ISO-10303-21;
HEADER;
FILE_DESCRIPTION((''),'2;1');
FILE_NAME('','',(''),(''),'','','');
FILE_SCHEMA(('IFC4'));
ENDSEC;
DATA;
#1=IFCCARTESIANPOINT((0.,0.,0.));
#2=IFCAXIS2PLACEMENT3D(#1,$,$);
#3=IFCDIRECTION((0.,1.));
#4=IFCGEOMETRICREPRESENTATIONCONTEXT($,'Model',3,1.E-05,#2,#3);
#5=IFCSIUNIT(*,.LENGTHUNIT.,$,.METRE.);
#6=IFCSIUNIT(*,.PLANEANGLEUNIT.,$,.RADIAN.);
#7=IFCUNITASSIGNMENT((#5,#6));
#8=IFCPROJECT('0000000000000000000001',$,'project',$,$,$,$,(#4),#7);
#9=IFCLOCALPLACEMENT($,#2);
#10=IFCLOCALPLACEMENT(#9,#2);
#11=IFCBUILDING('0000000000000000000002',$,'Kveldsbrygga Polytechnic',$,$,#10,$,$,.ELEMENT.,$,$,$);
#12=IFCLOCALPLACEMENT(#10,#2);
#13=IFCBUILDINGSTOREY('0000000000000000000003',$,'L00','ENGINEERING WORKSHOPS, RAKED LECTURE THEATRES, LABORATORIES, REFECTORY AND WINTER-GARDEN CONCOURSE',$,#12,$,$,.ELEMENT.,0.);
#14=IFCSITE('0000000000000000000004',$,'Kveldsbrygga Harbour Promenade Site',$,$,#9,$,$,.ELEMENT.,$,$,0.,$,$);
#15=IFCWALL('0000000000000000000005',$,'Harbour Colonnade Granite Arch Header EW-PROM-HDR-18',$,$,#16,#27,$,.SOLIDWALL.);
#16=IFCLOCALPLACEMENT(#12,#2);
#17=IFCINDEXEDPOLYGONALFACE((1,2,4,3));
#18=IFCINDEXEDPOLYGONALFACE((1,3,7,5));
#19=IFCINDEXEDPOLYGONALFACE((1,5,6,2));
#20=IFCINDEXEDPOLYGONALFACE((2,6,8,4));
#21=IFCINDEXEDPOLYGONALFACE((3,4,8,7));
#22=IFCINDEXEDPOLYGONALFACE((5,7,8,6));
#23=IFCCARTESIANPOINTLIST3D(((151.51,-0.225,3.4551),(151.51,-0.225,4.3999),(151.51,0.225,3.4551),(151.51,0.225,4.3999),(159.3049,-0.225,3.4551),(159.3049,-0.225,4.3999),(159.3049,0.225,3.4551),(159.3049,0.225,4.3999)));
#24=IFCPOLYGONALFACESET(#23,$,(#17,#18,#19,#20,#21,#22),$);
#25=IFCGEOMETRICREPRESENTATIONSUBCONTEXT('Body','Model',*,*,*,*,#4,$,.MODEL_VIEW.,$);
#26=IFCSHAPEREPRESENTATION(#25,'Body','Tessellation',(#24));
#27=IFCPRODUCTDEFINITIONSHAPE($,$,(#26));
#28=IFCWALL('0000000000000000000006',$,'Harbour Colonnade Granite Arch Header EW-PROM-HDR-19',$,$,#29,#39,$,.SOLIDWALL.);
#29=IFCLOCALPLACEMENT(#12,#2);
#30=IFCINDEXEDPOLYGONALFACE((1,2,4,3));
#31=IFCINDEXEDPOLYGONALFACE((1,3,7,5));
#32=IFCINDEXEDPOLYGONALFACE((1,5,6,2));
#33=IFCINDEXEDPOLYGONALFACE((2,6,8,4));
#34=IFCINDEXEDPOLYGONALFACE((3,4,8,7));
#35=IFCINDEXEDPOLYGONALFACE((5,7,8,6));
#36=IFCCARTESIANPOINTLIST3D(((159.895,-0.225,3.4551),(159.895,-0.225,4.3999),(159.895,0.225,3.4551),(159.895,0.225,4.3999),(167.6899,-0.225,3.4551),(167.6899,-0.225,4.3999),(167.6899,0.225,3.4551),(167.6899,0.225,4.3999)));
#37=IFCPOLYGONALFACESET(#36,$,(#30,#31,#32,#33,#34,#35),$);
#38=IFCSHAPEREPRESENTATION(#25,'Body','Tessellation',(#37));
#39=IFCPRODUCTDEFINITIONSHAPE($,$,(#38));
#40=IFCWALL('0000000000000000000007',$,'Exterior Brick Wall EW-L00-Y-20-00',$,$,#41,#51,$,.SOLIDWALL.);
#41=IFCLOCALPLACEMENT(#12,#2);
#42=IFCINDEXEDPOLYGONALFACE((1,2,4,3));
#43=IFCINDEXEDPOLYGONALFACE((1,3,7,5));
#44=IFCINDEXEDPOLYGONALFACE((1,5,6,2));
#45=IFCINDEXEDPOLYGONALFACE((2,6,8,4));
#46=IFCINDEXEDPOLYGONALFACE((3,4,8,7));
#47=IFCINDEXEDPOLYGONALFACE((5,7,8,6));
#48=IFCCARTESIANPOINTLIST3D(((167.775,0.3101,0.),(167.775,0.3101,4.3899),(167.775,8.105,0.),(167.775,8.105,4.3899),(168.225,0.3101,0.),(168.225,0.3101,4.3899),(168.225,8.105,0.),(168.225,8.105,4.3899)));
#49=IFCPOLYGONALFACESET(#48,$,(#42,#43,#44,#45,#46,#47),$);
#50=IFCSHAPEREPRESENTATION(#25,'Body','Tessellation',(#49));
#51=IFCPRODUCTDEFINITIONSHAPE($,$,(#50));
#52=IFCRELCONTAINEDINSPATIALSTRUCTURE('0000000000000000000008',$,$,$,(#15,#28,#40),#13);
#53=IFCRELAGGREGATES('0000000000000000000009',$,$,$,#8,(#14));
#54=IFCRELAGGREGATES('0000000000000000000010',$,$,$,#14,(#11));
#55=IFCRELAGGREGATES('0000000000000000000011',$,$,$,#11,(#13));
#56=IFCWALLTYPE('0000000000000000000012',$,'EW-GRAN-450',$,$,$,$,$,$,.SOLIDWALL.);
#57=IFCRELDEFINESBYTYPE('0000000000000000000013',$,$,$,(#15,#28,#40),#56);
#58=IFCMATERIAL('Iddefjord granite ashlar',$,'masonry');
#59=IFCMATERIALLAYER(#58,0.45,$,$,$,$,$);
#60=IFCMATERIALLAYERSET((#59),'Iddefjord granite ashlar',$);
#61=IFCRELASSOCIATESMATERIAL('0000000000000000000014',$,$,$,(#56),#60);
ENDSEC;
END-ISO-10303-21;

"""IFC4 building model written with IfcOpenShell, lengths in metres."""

from ifc_helpers import new_model, si_unit, direction, frame, frame_2d, origin, place, context, subcontext, project, spatial, rectangle, extrude, material, layer, layer_set, type_object, element, save


model = new_model("IFC4")

# Units and contexts
model_context = context("Model", 3, precision=1e-05, world=origin(), true_north=direction((0.0, 1.0)))
body_context = subcontext(model_context, "Body", "Model", "MODEL_VIEW")
ifc_project = project(units=[si_unit("LENGTHUNIT", "METRE"), si_unit("PLANEANGLEUNIT", "RADIAN")], contexts=[model_context])

# Site, building, storey
site_placement = place(None, origin())
site = spatial("IfcSite", under=ifc_project, at=site_placement, Name="Kveldsbrygga Harbour Promenade Site", CompositionType="ELEMENT", RefElevation=0.0)
building_placement = place(site_placement, origin())
building = spatial("IfcBuilding", under=site, at=building_placement, Name="Kveldsbrygga Polytechnic", CompositionType="ELEMENT")
storey_placement = place(building_placement, origin())
storey = spatial("IfcBuildingStorey", under=building, at=storey_placement, Name="L00", Description="ENGINEERING WORKSHOPS, RAKED LECTURE THEATRES, LABORATORIES, REFECTORY AND WINTER-GARDEN CONCOURSE", CompositionType="ELEMENT", Elevation=0.0)

# Walls
ifc_material_1 = material(Name="Iddefjord granite ashlar", Category="masonry")
ifc_layer_1 = layer(ifc_material_1, 0.45)
ifc_layer_set_1 = layer_set([ifc_layer_1], Name="Iddefjord granite ashlar")
wall_type_1 = type_object("IfcWallType", Name="EW-GRAN-450", PredefinedType="SOLIDWALL", material=ifc_layer_set_1)
for number, where, z_axis, x_axis, name in (
    (1, (151.51, 0.0, 3.4551), (0.0, 0.0, 1.0), (1.0, 0.0, 0.0), "Harbour Colonnade Granite Arch Header EW-PROM-HDR-18"),
    (2, (159.895, 0.0, 3.4551), (0.0, 0.0, 1.0), (1.0, 0.0, 0.0), "Harbour Colonnade Granite Arch Header EW-PROM-HDR-19"),
):
    element("IfcWall", number, at=place(storey_placement, frame(where, z_axis=z_axis, x_axis=x_axis)), inside=storey, type_object=wall_type_1, Name=name, PredefinedType="SOLIDWALL", context=body_context, shape_type="SweptSolid", body=[
        extrude(rectangle(XDim=7.7949, YDim=0.45, at=frame_2d((3.8975, 0.0))), origin(), (0.0, 0.0, 1.0), 0.9448),
    ])
wall_1_placement = place(storey_placement, frame((168.0, 0.3101, 0.0), z_axis=(0.0, 0.0, 1.0), x_axis=(0.0, 1.0, 0.0)))
element("IfcWall", 3, at=wall_1_placement, inside=storey, type_object=wall_type_1, Name="Exterior Brick Wall EW-L00-Y-20-00", PredefinedType="SOLIDWALL", context=body_context, shape_type="SweptSolid", body=[
    extrude(rectangle(XDim=7.7949, YDim=0.45, at=frame_2d((3.8975, 0.0))), origin(), (0.0, 0.0, 1.0), 4.3899),
])

save(model, "model.ifc")
